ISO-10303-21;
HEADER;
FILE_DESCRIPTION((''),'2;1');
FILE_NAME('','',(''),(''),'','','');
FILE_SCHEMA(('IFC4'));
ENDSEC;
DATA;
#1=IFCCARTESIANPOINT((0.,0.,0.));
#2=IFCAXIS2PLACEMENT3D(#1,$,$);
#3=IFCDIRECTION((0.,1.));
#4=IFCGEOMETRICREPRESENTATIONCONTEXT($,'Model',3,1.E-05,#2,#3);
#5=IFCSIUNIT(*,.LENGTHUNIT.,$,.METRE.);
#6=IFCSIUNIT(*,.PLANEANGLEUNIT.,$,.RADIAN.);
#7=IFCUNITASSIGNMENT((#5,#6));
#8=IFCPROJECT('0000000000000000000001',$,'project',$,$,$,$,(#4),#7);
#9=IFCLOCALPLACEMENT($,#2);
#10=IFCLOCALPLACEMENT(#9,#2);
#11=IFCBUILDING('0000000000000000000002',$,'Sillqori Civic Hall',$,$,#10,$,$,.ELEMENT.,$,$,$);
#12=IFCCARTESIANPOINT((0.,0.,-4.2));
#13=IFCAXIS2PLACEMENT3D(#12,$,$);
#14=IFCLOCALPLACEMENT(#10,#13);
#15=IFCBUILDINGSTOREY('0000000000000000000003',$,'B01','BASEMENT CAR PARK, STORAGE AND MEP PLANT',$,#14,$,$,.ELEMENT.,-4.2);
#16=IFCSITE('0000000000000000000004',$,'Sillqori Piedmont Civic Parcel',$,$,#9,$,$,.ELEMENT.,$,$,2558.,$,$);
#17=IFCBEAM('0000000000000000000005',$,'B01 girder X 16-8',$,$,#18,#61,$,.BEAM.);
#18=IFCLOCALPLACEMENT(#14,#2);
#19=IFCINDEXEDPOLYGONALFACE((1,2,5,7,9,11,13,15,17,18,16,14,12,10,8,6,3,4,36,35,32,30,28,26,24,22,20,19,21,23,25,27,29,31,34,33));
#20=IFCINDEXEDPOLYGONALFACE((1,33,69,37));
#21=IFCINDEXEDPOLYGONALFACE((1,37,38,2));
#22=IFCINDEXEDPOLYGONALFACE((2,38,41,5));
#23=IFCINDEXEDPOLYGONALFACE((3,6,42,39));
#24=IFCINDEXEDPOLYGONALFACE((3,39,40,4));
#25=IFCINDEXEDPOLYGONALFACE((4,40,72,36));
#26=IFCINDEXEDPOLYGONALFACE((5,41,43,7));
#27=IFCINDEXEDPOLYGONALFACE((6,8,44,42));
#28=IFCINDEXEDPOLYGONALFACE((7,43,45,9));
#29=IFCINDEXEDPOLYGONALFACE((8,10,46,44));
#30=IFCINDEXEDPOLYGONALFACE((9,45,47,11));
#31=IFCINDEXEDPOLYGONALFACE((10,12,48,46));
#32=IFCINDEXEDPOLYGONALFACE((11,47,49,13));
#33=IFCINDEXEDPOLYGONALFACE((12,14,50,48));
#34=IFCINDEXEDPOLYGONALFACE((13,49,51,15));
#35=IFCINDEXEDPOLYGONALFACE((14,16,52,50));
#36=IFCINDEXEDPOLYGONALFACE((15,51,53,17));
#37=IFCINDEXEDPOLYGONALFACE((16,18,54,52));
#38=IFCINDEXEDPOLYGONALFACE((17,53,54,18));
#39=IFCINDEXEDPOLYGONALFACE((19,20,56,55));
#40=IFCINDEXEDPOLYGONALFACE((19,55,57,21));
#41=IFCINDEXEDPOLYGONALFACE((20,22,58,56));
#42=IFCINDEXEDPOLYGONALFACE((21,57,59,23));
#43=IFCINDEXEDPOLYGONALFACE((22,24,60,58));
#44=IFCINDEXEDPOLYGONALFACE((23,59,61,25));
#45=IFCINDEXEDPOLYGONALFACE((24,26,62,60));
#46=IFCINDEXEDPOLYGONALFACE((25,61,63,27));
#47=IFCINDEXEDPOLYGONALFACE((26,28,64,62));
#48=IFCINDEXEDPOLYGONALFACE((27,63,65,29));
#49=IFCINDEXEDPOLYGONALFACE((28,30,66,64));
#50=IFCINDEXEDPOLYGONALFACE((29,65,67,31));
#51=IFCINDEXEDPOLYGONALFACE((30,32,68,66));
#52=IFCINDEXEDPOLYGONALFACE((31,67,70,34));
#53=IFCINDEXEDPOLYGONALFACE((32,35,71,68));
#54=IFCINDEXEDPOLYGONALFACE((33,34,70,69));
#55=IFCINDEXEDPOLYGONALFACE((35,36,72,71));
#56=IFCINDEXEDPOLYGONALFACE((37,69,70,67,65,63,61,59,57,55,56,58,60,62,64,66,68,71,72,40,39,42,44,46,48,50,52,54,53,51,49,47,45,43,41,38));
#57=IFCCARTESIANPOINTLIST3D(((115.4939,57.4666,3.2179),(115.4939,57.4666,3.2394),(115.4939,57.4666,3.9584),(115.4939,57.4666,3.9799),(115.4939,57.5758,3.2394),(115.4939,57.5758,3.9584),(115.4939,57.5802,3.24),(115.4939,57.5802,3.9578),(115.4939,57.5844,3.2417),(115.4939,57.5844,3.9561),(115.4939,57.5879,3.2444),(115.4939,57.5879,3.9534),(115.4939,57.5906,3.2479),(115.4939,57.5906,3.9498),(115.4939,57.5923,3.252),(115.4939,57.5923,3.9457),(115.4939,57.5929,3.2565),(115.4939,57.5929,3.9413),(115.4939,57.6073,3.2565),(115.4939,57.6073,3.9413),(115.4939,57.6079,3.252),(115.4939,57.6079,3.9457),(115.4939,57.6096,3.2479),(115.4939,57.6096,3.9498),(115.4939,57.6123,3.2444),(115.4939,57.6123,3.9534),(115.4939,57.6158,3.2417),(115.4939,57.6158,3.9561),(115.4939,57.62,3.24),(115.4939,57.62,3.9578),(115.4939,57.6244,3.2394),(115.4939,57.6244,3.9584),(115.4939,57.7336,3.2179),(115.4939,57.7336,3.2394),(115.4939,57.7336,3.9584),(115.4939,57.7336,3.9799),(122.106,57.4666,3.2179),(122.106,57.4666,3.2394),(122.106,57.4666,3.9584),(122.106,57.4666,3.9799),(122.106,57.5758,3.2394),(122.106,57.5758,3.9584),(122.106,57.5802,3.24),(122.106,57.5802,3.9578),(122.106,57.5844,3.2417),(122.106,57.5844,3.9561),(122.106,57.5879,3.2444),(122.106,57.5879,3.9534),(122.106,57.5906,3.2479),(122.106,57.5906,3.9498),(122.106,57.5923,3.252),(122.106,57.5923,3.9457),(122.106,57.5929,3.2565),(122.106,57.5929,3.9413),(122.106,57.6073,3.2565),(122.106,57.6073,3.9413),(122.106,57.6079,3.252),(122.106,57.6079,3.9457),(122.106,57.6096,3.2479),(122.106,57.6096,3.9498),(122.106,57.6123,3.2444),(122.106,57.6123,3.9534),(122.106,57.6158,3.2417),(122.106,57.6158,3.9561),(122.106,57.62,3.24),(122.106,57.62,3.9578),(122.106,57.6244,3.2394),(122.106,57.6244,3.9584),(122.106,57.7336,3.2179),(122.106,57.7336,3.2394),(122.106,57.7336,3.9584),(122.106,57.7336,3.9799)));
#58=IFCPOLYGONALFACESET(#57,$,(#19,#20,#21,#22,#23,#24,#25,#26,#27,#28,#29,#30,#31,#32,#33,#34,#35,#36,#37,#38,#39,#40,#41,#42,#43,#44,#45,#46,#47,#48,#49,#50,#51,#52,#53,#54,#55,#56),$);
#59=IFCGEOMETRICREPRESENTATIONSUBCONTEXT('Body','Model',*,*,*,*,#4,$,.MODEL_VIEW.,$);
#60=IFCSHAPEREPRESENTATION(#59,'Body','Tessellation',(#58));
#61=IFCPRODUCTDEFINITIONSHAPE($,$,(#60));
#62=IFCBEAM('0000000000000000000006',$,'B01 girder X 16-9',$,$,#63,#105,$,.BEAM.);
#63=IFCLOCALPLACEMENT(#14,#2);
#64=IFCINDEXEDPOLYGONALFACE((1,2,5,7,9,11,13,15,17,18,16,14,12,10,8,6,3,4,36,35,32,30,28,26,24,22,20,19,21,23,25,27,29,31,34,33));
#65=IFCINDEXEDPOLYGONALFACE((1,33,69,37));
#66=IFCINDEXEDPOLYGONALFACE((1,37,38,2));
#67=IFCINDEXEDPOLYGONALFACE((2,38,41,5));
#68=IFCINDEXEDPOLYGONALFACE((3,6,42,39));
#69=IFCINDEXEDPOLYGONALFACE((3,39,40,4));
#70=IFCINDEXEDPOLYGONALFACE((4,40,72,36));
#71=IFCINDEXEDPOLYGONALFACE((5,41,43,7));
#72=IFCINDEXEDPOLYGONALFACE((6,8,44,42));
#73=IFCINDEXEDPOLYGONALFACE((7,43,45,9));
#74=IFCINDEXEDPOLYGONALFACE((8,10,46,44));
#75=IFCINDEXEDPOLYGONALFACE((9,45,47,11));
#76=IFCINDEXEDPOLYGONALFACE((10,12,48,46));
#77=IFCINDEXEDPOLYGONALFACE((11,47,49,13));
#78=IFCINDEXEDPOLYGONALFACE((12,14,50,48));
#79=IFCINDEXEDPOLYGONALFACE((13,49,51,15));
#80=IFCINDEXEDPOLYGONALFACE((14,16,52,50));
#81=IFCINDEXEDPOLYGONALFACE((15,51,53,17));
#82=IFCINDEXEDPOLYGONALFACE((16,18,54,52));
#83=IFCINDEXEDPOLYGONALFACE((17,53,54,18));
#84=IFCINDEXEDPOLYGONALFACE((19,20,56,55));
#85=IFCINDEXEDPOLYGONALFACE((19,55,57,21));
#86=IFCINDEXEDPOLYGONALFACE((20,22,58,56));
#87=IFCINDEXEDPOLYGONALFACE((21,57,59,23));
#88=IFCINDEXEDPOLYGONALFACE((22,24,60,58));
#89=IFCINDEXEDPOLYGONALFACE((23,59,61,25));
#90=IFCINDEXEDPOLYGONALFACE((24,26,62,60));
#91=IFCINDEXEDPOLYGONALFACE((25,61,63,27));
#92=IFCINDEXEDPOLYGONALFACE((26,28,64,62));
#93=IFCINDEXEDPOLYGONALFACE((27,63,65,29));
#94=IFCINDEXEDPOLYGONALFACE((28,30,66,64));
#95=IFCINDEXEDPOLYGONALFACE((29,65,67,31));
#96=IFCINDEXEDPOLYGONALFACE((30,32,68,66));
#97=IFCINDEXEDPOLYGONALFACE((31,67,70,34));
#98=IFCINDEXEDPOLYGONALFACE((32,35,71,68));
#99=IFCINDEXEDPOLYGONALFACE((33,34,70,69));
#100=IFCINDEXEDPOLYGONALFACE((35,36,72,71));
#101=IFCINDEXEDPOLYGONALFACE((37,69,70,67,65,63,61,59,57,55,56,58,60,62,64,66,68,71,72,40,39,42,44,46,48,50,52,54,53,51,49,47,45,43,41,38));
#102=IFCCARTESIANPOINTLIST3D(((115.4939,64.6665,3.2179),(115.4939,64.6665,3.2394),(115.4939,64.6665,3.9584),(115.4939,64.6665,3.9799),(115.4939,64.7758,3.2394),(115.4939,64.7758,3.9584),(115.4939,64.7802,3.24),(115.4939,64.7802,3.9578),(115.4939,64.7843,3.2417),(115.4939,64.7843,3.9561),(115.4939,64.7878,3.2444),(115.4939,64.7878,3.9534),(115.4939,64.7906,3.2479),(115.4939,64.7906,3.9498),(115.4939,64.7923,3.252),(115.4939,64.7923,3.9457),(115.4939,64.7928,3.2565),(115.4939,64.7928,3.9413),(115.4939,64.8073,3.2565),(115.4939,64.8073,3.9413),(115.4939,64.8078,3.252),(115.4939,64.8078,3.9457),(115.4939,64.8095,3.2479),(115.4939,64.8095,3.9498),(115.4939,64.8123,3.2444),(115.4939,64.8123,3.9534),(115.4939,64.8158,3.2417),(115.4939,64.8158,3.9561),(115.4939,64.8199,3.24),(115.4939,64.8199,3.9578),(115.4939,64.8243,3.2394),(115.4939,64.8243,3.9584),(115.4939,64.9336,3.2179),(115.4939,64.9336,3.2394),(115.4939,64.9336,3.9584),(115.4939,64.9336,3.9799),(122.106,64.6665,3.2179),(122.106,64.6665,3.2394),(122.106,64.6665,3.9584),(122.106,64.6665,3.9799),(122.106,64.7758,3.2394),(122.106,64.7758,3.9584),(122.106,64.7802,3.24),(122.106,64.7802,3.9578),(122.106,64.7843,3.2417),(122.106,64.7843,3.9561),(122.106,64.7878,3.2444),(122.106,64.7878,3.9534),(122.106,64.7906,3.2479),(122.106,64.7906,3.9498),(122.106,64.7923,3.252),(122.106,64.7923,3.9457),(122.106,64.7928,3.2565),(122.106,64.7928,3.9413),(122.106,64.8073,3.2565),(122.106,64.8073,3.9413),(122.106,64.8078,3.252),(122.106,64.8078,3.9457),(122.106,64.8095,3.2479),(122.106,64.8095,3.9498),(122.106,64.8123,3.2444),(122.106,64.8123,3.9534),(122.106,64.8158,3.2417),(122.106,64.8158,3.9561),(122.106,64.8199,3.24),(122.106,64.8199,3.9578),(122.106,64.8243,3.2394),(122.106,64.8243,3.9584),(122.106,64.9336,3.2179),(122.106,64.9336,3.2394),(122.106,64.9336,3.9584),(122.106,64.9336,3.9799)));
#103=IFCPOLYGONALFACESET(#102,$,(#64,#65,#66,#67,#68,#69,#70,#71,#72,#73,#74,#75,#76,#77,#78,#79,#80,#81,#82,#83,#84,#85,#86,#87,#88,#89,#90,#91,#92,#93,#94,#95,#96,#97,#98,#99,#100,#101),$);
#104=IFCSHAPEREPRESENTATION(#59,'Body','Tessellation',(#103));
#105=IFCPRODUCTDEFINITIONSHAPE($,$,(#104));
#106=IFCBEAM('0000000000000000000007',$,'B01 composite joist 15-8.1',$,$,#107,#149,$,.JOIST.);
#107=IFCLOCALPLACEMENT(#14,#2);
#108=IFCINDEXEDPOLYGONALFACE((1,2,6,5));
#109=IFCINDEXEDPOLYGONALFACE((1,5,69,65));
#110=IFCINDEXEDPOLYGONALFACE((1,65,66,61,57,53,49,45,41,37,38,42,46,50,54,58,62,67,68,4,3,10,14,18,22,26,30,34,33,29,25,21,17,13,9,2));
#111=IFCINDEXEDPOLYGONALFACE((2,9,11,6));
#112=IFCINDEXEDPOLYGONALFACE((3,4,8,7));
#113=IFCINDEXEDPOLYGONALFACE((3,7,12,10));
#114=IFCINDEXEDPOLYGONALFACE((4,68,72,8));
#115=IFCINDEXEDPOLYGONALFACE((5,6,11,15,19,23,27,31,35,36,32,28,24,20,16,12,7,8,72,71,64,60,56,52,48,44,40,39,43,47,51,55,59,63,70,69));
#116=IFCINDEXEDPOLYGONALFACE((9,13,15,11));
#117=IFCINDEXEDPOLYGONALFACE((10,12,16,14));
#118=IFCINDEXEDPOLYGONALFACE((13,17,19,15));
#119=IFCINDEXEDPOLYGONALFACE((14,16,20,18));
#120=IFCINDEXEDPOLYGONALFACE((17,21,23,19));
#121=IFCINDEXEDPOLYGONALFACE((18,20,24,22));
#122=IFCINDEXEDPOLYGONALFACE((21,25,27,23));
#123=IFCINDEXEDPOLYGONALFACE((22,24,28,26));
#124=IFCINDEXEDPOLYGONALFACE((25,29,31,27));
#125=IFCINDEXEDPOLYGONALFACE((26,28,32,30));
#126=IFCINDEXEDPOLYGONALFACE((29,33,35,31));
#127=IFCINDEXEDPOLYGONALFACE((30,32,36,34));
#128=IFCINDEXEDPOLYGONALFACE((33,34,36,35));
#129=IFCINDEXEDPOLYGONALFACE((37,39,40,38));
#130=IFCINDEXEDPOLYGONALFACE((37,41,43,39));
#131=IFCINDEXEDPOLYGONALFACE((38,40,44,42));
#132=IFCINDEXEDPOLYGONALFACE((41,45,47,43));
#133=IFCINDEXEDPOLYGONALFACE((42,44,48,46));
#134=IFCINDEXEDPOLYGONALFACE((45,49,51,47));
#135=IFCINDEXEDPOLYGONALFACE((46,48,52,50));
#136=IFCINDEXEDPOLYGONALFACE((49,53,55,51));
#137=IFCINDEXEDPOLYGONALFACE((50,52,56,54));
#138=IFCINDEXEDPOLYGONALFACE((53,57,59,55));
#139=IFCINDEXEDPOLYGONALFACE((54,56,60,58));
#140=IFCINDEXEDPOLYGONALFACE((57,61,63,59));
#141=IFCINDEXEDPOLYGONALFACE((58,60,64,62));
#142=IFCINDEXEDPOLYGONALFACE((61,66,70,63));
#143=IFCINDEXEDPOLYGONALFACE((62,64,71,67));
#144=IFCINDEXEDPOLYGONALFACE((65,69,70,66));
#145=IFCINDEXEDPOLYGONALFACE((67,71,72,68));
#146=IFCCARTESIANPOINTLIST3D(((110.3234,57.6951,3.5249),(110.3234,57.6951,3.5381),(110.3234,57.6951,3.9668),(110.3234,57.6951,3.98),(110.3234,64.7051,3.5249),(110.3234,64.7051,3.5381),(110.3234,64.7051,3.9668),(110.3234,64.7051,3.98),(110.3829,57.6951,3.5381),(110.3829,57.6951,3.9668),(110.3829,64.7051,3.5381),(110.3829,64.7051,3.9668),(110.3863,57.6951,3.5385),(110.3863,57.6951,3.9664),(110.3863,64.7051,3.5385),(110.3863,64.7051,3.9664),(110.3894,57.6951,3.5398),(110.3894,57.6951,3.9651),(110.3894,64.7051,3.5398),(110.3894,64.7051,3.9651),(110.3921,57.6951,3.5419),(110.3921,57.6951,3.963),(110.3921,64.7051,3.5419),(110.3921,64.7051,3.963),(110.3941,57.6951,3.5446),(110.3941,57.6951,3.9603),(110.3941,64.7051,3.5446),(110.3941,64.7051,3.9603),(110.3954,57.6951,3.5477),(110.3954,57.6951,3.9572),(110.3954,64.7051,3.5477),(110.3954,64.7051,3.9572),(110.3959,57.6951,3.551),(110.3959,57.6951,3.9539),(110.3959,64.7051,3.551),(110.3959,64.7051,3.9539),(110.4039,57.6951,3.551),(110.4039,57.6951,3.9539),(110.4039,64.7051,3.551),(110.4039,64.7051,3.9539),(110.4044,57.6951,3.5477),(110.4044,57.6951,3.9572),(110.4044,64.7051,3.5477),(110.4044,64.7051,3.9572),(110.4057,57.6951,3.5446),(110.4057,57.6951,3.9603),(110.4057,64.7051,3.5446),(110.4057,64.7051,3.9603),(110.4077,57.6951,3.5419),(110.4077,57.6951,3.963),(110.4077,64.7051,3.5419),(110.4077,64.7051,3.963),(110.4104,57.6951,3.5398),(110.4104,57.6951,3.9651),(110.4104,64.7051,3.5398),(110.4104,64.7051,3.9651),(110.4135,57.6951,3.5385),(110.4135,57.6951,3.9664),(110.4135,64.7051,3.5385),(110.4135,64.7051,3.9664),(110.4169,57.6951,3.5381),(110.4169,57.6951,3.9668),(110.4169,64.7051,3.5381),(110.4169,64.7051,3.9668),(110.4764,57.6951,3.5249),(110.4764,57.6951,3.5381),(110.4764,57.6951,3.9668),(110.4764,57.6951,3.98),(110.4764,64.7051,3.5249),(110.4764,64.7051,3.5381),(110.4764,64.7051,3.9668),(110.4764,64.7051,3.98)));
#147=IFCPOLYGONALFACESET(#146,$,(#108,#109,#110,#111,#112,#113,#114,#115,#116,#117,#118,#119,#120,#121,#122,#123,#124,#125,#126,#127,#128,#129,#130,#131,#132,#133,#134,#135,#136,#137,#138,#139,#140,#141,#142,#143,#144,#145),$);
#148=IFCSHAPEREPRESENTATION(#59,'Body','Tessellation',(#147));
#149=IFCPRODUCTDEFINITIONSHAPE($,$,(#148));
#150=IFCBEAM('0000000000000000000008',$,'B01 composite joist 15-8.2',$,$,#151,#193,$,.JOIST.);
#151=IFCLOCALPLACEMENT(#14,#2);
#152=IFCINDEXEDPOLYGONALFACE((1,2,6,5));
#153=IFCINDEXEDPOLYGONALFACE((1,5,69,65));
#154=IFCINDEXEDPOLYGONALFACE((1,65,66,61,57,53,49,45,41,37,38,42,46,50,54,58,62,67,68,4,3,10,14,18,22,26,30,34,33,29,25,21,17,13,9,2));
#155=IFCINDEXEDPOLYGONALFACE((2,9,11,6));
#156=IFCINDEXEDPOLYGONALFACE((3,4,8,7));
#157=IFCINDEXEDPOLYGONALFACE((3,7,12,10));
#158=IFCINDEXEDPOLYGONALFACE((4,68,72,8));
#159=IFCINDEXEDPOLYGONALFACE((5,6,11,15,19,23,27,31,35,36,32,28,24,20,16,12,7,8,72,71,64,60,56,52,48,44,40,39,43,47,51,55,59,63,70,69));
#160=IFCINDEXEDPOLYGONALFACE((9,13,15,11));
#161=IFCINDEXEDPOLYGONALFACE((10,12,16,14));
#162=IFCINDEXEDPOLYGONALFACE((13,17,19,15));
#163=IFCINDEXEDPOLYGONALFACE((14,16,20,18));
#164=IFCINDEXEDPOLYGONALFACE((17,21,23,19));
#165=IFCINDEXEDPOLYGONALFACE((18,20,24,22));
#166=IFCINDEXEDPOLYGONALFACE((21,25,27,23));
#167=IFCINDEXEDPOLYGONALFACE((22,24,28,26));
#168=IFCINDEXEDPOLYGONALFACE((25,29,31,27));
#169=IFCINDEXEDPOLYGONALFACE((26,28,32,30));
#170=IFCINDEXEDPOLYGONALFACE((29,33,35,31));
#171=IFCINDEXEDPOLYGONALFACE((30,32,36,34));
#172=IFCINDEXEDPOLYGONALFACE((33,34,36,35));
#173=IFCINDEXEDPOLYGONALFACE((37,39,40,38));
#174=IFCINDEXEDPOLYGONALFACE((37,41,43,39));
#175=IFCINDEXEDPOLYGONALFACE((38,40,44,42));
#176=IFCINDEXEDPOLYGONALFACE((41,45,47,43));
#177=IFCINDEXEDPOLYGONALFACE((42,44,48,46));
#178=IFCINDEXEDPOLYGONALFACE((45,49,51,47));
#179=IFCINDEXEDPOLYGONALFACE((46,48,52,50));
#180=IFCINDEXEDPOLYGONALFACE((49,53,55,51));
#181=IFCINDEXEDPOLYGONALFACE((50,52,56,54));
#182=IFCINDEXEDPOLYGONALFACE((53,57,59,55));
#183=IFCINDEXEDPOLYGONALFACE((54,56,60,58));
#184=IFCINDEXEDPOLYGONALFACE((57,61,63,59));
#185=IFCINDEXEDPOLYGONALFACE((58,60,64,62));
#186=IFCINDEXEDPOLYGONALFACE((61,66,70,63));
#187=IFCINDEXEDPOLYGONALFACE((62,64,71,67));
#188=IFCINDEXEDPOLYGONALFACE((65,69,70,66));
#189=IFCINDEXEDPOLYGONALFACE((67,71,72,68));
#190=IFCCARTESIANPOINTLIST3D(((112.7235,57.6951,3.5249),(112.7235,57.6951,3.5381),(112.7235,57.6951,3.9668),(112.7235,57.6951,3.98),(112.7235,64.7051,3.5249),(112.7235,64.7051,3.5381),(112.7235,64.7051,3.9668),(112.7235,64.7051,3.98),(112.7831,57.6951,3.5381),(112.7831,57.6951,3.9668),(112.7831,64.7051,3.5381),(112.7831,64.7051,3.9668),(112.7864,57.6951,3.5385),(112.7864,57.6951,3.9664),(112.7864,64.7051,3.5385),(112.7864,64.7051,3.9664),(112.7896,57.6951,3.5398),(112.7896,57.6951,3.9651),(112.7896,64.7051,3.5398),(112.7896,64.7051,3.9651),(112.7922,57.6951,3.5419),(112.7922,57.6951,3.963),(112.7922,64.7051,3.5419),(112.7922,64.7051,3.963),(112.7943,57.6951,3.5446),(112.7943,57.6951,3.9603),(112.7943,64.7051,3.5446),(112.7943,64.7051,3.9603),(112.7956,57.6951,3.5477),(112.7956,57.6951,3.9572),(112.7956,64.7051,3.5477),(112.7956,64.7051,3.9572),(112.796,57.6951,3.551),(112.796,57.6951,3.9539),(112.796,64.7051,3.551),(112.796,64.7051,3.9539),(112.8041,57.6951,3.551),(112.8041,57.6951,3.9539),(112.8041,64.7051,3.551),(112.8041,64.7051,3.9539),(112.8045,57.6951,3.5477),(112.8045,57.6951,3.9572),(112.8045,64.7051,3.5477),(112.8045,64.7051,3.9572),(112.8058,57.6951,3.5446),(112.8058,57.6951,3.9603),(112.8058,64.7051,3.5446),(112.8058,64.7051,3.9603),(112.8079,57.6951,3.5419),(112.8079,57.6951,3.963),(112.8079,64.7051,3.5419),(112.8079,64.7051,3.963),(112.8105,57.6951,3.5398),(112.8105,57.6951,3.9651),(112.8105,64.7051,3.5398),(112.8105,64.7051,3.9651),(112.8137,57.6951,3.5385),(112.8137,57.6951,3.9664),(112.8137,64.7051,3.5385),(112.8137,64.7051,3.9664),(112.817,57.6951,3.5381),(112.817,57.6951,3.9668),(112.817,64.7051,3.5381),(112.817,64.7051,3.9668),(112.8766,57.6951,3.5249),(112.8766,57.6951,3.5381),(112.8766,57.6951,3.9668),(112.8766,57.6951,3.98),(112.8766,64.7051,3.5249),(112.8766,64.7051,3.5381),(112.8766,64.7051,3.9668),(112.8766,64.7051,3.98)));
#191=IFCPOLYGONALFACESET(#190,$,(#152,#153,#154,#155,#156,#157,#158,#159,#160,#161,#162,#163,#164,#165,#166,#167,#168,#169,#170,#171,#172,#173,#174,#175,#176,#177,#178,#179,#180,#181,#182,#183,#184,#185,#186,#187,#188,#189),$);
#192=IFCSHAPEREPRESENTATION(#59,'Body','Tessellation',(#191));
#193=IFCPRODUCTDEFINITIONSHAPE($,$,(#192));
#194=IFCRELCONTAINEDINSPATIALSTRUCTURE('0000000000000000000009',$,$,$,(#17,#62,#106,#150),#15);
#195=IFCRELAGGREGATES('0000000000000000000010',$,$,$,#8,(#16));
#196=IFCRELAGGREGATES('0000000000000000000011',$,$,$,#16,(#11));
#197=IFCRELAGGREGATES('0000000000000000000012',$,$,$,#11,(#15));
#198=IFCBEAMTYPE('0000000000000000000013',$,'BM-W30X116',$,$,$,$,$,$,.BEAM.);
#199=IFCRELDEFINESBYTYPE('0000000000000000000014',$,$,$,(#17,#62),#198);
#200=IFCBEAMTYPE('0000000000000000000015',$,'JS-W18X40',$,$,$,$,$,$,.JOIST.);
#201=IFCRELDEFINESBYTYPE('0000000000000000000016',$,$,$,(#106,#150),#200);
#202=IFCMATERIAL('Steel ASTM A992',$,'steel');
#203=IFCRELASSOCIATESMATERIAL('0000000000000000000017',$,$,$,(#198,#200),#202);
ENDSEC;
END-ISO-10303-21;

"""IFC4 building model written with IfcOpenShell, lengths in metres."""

from ifc_helpers import new_model, si_unit, direction, frame, origin, origin_2d, place, context, subcontext, project, spatial, i_section, extrude, material, material_profile, profile_set, type_object, element, save


model = new_model("IFC4")

# Units and contexts
model_context = context("Model", 3, precision=1e-05, world=origin(), true_north=direction((0.0, 1.0)))
body_context = subcontext(model_context, "Body", "Model", "MODEL_VIEW")
ifc_project = project(units=[si_unit("LENGTHUNIT", "METRE"), si_unit("PLANEANGLEUNIT", "RADIAN")], contexts=[model_context])

# Site, building, storey
site_placement = place(None, origin())
site = spatial("IfcSite", under=ifc_project, at=site_placement, Name="Sillqori Piedmont Civic Parcel", CompositionType="ELEMENT", RefElevation=2558.0)
building_placement = place(site_placement, origin())
building = spatial("IfcBuilding", under=site, at=building_placement, Name="Sillqori Civic Hall", CompositionType="ELEMENT")
storey_placement = place(building_placement, frame((0.0, 0.0, -4.2)))
storey = spatial("IfcBuildingStorey", under=building, at=storey_placement, Name="B01", Description="BASEMENT CAR PARK, STORAGE AND MEP PLANT", CompositionType="ELEMENT", Elevation=-4.2)

# Beams
ifc_material_1 = material(Name="Steel ASTM A992", Category="steel")
ifc_material_profile_1 = material_profile(ifc_material_1, i_section(OverallWidth=0.2671, OverallDepth=0.762, WebThickness=0.0144, FlangeThickness=0.0215, FilletRadius=0.0171, at=origin_2d()), Name="W30X116")
ifc_profile_set_1 = profile_set([ifc_material_profile_1], Name="Steel ASTM A992")
beam_type_1 = type_object("IfcBeamType", Name="BM-W30X116", PredefinedType="BEAM", material=ifc_profile_set_1)
for number, where, z_axis, x_axis, name in (
    (1, (115.4939, 57.6001, 3.5989), (1.0, 0.0, 0.0), (0.0, 1.0, 0.0), "B01 girder X 16-8"),
    (2, (115.4939, 64.8, 3.5989), (1.0, 0.0, 0.0), (0.0, 1.0, 0.0), "B01 girder X 16-9"),
):
    element("IfcBeam", number, at=place(storey_placement, frame(where, z_axis=z_axis, x_axis=x_axis)), inside=storey, type_object=beam_type_1, Name=name, PredefinedType="BEAM", context=body_context, shape_type="SweptSolid", body=[
        extrude(i_section(OverallWidth=0.2671, OverallDepth=0.762, WebThickness=0.0144, FlangeThickness=0.0215, FilletRadius=0.0171, at=origin_2d()), origin(), (0.0, 0.0, 1.0), 6.6121),
    ])
ifc_material_profile_2 = material_profile(ifc_material_1, i_section(OverallWidth=0.1531, OverallDepth=0.4551, WebThickness=0.0081, FlangeThickness=0.0132, FilletRadius=0.0129, at=origin_2d()), Name="W18X40")
ifc_profile_set_2 = profile_set([ifc_material_profile_2], Name="Steel ASTM A992")
beam_type_2 = type_object("IfcBeamType", Name="JS-W18X40", PredefinedType="JOIST", material=ifc_profile_set_2)
for number, where, z_axis, x_axis, name in (
    (3, (110.3999, 57.6951, 3.7524), (0.0, 1.0, 0.0), (-1.0, 0.0, 0.0), "B01 composite joist 15-8.1"),
    (4, (112.8, 57.6951, 3.7524), (0.0, 1.0, 0.0), (-1.0, 0.0, 0.0), "B01 composite joist 15-8.2"),
):
    element("IfcBeam", number, at=place(storey_placement, frame(where, z_axis=z_axis, x_axis=x_axis)), inside=storey, type_object=beam_type_2, Name=name, PredefinedType="JOIST", context=body_context, shape_type="SweptSolid", body=[
        extrude(i_section(OverallWidth=0.1531, OverallDepth=0.4551, WebThickness=0.0081, FlangeThickness=0.0132, FilletRadius=0.0129, at=origin_2d()), origin(), (0.0, 0.0, 1.0), 7.01),
    ])

save(model, "model.ifc")
